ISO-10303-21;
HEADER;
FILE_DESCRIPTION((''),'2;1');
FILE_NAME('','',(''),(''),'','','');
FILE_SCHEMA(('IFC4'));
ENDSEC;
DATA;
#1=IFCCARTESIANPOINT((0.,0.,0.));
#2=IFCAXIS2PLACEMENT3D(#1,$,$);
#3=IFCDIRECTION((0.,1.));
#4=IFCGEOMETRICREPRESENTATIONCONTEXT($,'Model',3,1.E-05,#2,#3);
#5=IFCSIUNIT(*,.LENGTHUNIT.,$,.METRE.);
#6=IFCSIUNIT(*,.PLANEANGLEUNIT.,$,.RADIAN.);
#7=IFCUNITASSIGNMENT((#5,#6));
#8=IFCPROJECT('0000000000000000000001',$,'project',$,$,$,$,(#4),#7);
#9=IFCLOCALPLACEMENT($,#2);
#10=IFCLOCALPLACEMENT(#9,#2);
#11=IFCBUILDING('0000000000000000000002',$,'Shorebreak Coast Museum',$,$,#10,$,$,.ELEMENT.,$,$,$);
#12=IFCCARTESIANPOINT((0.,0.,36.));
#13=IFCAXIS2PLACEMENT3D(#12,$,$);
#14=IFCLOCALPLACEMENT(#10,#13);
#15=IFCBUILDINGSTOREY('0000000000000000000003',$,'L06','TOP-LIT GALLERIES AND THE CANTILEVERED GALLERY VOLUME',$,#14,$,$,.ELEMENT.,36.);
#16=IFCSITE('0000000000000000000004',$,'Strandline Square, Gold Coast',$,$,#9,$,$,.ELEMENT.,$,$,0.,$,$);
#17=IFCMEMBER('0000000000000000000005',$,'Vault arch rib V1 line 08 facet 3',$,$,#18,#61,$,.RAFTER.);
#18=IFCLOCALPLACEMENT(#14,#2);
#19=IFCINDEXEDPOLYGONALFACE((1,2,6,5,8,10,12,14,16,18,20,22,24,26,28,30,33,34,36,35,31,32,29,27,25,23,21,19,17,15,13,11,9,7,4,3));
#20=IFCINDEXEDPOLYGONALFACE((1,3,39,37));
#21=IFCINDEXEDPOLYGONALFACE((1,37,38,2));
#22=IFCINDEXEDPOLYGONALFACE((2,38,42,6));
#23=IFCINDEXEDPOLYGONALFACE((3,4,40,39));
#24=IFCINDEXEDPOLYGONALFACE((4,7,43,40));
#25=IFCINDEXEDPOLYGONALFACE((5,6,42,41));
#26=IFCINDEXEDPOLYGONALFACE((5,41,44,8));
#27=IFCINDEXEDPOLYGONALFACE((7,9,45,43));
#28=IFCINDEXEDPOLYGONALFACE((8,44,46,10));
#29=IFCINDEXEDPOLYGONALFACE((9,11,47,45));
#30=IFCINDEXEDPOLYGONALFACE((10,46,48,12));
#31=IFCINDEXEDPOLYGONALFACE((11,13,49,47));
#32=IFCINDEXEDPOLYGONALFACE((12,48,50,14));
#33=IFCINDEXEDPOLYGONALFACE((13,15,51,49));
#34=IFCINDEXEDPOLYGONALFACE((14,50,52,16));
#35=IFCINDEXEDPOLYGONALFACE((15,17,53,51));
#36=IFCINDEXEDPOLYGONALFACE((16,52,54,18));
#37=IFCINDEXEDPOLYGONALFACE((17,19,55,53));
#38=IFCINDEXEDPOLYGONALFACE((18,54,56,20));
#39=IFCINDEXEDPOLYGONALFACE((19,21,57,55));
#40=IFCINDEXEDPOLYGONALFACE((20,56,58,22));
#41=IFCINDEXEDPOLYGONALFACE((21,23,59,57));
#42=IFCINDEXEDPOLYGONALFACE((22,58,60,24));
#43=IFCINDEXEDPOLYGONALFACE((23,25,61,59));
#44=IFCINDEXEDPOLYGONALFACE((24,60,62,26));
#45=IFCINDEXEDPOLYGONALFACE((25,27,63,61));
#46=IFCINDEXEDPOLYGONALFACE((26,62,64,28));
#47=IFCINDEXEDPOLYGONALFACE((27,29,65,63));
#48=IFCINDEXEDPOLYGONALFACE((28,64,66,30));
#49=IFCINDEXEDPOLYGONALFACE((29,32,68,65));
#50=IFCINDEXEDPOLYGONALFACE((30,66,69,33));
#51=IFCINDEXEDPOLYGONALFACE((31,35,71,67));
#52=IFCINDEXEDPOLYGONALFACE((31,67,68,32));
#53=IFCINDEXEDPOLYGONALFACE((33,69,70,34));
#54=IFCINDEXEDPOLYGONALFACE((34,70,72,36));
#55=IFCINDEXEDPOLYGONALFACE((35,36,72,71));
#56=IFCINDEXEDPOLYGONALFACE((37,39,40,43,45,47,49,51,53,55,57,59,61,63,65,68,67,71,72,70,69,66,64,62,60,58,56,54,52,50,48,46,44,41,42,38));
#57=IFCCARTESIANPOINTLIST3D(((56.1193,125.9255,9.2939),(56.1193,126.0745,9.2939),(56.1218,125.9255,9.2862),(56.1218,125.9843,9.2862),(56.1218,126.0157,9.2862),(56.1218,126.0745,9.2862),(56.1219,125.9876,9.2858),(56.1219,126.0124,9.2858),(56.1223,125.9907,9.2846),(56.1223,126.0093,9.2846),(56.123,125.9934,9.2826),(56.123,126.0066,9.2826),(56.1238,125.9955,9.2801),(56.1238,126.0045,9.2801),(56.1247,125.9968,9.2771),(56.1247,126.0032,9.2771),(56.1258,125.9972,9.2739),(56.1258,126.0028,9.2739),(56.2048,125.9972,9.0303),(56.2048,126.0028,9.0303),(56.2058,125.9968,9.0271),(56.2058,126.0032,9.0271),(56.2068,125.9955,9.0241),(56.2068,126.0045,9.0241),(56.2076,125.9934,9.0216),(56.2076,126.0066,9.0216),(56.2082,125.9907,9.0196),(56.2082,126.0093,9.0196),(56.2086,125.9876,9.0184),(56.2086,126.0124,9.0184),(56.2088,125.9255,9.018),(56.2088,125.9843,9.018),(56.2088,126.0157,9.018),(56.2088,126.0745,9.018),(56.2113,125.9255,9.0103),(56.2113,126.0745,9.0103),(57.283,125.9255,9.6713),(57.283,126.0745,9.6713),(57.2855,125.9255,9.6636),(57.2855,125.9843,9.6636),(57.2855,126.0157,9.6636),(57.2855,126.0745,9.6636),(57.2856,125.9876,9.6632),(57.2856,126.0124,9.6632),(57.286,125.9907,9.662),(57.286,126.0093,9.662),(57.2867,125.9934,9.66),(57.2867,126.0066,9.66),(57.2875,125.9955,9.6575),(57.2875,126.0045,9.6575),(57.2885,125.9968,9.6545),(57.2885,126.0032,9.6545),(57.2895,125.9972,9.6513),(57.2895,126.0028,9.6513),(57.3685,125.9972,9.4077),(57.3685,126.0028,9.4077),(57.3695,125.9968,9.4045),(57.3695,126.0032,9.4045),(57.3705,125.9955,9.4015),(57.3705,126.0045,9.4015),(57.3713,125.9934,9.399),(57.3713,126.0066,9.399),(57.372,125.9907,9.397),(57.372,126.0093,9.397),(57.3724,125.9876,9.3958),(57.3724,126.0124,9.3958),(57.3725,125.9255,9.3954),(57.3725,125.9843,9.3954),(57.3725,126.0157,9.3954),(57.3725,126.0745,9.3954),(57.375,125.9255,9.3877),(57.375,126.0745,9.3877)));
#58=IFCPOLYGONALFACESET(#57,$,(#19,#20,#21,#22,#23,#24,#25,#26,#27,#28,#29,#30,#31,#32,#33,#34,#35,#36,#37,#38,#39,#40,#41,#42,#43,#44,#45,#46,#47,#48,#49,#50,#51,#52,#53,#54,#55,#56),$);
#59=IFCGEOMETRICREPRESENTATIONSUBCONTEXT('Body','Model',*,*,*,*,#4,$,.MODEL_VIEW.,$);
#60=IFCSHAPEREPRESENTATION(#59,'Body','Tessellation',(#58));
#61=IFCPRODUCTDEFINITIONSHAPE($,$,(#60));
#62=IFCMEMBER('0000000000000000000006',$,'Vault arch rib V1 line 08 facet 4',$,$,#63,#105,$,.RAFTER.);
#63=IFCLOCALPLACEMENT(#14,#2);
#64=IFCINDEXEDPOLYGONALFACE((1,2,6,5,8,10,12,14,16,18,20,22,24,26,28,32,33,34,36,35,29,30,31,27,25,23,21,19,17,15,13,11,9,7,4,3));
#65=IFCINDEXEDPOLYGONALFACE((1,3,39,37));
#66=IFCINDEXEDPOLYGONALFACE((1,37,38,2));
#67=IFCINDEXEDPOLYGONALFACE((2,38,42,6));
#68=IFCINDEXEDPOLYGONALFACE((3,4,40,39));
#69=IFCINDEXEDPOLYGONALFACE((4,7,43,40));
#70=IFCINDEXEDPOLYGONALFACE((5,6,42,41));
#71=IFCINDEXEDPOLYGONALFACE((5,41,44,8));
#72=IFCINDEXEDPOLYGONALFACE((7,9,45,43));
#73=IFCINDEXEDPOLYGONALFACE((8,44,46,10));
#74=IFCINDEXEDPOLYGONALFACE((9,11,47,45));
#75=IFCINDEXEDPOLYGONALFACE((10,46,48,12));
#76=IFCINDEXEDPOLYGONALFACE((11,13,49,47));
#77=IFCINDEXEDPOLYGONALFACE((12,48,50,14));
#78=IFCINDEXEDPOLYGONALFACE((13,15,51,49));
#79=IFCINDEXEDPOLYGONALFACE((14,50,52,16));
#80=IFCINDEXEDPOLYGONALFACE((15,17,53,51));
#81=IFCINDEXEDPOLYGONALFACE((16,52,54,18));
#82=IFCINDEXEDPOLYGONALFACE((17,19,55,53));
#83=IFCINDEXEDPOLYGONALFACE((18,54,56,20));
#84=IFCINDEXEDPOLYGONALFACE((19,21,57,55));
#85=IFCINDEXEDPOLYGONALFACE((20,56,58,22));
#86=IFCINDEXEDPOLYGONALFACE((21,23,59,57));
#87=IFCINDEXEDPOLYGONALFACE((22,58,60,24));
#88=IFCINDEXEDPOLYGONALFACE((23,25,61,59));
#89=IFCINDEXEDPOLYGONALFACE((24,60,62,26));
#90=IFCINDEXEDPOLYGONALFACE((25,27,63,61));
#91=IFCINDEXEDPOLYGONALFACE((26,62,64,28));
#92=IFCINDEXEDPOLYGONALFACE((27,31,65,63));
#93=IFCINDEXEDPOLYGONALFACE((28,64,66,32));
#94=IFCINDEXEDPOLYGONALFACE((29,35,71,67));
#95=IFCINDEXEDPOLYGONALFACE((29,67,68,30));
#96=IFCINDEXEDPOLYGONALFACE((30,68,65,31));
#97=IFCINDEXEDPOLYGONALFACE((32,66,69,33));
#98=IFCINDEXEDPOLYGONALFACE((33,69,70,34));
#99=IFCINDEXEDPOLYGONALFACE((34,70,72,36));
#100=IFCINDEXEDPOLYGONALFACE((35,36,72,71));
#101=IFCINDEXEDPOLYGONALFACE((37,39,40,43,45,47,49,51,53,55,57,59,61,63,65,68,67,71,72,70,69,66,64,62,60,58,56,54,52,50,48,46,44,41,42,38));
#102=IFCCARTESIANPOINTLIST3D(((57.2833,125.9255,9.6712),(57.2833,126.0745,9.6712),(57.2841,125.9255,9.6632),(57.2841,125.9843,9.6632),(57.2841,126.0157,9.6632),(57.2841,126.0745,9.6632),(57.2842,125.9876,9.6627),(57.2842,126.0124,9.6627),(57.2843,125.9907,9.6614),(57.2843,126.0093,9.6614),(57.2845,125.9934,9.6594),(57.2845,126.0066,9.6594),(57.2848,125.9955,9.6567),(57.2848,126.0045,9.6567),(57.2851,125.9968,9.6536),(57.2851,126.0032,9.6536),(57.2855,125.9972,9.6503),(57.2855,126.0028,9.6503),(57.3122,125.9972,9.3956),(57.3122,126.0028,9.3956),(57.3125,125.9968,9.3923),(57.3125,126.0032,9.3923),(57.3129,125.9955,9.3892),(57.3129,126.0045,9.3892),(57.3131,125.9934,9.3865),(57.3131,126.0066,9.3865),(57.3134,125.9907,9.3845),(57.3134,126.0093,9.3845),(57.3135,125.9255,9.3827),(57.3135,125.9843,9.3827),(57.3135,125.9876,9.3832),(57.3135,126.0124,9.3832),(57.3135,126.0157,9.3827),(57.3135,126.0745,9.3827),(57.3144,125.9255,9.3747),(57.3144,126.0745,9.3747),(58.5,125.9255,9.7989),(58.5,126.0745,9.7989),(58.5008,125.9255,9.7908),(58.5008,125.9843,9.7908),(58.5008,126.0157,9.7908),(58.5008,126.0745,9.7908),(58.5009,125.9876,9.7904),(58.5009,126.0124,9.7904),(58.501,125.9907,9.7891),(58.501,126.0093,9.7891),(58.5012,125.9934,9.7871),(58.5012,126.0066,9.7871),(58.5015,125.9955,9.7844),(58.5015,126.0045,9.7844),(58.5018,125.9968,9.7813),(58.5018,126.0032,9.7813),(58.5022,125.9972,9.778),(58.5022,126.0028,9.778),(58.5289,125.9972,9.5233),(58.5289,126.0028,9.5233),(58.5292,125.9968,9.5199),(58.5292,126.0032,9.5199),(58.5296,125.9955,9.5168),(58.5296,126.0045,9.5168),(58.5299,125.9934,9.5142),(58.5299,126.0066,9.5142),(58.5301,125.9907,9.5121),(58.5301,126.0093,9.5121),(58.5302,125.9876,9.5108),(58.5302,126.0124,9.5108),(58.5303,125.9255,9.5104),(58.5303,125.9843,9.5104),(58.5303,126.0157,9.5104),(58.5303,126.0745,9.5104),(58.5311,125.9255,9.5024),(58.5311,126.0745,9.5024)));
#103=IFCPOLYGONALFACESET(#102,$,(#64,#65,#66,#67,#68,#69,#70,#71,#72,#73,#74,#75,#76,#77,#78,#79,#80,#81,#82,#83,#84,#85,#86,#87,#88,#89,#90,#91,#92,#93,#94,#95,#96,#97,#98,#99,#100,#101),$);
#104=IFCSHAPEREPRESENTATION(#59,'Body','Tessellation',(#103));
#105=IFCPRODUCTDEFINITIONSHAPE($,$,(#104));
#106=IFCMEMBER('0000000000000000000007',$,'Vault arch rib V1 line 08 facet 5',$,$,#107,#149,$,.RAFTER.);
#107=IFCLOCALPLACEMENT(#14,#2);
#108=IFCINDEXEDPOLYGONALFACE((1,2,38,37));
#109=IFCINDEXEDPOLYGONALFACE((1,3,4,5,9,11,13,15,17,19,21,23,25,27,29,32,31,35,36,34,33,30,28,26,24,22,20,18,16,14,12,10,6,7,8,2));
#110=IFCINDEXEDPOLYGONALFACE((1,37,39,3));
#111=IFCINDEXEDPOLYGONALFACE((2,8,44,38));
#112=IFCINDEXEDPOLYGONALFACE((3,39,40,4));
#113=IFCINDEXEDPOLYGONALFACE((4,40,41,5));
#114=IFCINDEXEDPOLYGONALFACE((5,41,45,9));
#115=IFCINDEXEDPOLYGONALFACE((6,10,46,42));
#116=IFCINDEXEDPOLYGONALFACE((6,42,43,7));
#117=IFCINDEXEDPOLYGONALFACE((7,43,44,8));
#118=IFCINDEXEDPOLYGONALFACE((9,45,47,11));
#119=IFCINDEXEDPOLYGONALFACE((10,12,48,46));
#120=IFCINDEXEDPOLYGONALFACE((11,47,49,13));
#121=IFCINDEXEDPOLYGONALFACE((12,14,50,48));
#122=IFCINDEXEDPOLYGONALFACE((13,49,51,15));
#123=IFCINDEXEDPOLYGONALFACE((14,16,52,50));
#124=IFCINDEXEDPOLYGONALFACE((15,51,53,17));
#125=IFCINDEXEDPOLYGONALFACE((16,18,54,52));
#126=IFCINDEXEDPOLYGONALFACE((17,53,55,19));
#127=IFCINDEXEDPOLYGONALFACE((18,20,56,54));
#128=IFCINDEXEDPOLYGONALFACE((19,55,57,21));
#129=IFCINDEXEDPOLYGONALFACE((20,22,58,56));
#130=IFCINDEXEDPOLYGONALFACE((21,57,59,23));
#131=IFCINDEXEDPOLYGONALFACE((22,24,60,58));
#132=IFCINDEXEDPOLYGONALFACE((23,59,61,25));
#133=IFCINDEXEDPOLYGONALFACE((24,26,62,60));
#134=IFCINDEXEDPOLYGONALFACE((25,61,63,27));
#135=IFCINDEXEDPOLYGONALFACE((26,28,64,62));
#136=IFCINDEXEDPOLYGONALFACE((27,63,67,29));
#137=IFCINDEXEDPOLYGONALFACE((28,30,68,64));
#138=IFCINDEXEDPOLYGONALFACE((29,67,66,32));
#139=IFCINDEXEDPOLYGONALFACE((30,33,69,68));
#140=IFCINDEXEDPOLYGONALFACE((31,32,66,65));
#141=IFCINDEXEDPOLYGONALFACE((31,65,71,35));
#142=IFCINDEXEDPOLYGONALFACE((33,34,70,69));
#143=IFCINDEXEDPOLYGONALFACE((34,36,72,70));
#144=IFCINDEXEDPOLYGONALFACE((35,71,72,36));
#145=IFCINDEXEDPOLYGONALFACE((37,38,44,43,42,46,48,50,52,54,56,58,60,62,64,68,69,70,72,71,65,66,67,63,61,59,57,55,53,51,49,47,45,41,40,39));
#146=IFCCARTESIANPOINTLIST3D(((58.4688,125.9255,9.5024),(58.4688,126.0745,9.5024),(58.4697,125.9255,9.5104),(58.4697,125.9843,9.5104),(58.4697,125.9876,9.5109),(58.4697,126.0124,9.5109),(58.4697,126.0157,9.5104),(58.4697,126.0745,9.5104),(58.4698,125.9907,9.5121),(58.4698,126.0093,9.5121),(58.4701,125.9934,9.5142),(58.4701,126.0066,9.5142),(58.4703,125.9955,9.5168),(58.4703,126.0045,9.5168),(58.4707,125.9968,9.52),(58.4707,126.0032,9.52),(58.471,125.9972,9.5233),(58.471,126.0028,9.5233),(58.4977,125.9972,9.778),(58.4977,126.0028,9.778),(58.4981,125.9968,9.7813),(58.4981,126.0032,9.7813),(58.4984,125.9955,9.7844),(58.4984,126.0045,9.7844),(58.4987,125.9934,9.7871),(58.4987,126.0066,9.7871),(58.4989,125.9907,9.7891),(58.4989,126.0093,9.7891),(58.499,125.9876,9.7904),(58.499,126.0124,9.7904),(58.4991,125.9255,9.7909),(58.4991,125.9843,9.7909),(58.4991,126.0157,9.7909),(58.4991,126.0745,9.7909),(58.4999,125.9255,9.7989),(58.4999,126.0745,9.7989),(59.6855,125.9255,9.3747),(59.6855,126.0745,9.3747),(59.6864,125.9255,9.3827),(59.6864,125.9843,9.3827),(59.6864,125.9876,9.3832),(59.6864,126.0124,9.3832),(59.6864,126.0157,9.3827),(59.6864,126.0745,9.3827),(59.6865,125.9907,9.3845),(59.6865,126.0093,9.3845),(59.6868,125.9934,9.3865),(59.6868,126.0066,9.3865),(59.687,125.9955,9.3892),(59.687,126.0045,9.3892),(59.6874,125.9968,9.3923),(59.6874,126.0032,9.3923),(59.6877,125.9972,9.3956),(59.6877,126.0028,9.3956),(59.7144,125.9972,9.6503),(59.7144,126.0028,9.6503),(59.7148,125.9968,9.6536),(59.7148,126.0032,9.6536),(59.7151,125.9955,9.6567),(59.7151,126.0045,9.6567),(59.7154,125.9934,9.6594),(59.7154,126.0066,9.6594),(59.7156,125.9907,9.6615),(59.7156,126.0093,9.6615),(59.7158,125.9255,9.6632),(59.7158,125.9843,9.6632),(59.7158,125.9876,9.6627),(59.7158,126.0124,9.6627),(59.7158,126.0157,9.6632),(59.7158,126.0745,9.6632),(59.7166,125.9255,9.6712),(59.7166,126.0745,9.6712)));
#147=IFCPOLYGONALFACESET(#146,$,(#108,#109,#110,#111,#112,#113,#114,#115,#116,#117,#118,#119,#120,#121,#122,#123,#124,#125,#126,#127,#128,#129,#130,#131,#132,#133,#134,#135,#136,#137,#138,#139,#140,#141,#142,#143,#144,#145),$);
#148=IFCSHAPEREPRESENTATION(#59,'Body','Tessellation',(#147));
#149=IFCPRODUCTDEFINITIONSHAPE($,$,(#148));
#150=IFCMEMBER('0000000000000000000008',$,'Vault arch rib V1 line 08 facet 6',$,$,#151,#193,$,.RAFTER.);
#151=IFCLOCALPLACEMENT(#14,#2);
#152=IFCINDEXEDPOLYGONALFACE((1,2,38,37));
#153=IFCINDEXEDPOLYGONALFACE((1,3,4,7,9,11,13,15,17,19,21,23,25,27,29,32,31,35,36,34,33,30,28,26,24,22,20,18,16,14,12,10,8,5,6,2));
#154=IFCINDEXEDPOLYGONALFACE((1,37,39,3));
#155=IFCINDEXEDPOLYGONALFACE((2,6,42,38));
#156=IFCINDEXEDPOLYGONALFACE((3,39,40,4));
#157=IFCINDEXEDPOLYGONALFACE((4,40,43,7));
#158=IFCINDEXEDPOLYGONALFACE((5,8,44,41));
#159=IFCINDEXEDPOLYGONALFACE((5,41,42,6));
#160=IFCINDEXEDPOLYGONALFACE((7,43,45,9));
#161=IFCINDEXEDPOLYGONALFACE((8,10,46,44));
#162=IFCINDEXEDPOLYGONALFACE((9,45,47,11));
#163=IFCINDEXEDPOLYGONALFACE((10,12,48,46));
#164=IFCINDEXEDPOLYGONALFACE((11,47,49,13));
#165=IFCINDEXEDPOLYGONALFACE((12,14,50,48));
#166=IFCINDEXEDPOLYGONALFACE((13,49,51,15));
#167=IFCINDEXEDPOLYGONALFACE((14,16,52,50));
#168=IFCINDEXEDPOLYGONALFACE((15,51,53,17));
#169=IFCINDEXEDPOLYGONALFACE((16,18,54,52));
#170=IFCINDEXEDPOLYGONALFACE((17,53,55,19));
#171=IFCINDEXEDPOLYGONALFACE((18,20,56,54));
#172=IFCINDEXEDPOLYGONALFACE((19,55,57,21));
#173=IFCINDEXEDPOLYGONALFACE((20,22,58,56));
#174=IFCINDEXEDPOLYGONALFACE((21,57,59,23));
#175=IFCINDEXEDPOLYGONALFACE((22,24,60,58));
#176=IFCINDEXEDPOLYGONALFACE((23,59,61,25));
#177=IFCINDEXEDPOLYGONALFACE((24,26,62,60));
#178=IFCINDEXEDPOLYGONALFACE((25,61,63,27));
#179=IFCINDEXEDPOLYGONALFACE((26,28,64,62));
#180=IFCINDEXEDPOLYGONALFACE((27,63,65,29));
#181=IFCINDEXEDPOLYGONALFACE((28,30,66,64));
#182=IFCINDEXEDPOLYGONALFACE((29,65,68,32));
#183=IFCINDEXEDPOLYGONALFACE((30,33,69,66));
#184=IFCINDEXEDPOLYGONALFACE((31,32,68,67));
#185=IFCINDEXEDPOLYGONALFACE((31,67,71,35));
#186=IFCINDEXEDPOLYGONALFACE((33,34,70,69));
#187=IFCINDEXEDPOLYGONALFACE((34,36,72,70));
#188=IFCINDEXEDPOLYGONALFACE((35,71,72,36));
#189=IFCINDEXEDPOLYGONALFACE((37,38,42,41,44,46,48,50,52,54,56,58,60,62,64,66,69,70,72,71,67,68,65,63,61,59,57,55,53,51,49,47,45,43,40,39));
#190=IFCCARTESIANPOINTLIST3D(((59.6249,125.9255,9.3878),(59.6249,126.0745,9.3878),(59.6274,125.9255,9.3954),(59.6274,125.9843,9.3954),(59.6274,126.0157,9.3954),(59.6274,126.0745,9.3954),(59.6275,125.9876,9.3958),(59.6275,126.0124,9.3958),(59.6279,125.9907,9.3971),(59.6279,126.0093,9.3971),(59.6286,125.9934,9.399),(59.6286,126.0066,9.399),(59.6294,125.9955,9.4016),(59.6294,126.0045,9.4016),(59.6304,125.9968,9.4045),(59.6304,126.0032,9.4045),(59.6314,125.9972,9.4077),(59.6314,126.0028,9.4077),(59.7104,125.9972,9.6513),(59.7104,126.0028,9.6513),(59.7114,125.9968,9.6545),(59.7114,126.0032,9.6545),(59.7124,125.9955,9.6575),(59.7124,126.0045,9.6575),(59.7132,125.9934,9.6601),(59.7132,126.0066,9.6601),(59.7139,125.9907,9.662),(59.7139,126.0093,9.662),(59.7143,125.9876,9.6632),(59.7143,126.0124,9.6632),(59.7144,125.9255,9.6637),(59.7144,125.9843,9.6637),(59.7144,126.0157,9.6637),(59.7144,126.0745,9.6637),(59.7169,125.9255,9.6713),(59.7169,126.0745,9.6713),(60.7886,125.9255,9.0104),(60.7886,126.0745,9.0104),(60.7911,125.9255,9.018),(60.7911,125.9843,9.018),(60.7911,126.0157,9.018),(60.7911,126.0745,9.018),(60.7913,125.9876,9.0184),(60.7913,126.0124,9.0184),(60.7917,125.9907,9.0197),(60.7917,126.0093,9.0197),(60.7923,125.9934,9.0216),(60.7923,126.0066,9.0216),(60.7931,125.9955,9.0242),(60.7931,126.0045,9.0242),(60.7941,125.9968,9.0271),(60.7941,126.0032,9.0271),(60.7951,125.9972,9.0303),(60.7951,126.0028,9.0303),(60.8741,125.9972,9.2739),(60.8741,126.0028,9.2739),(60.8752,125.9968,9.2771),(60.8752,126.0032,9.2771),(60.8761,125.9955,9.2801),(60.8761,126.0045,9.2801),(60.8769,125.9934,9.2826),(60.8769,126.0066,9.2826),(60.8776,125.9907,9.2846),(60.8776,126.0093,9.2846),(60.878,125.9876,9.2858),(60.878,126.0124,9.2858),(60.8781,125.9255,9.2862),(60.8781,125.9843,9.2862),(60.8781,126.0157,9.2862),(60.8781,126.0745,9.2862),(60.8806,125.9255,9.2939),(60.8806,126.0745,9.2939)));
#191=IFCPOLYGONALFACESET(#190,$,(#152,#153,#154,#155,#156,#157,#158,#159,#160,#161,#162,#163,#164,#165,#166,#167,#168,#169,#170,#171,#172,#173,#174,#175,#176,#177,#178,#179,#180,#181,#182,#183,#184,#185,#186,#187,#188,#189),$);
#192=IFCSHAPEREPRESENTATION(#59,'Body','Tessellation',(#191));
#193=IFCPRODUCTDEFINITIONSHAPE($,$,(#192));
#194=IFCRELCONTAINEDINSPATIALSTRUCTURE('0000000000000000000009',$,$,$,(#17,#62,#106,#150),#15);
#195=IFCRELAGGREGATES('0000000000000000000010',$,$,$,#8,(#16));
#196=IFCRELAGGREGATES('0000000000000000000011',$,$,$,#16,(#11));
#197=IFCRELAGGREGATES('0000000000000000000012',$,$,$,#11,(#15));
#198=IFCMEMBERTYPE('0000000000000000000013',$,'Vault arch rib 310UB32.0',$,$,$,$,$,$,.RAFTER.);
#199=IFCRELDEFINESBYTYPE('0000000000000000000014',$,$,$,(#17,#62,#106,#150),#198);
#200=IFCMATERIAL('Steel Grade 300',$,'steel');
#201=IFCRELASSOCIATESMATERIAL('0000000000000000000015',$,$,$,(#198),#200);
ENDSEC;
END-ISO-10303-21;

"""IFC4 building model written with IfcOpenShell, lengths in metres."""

from ifc_helpers import new_model, si_unit, direction, frame, origin, origin_2d, place, context, subcontext, project, spatial, i_section, extrude, material, material_profile, profile_set, type_object, element, save


model = new_model("IFC4")

# Units and contexts
model_context = context("Model", 3, precision=1e-05, world=origin(), true_north=direction((0.0, 1.0)))
body_context = subcontext(model_context, "Body", "Model", "MODEL_VIEW")
ifc_project = project(units=[si_unit("LENGTHUNIT", "METRE"), si_unit("PLANEANGLEUNIT", "RADIAN")], contexts=[model_context])

# Site, building, storey
site_placement = place(None, origin())
site = spatial("IfcSite", under=ifc_project, at=site_placement, Name="Strandline Square, Gold Coast", CompositionType="ELEMENT", RefElevation=0.0)
building_placement = place(site_placement, origin())
building = spatial("IfcBuilding", under=site, at=building_placement, Name="Shorebreak Coast Museum", CompositionType="ELEMENT")
storey_placement = place(building_placement, frame((0.0, 0.0, 36.0)))
storey = spatial("IfcBuildingStorey", under=building, at=storey_placement, Name="L06", Description="TOP-LIT GALLERIES AND THE CANTILEVERED GALLERY VOLUME", CompositionType="ELEMENT", Elevation=36.0)

# Members
ifc_material_1 = material(Name="Steel Grade 300", Category="steel")
ifc_material_profile_1 = material_profile(ifc_material_1, i_section(OverallWidth=0.1489, OverallDepth=0.2981, WebThickness=0.0056, FlangeThickness=0.0081, FilletRadius=0.0129, at=origin_2d()), Name="310UB32.0")
ifc_profile_set_1 = profile_set([ifc_material_profile_1], Name="Steel Grade 300")
member_type_1 = type_object("IfcMemberType", Name="Vault arch rib 310UB32.0", PredefinedType="RAFTER", material=ifc_profile_set_1)
for number, where, z_axis, x_axis, name in (
    (1, (56.1653, 126.0, 9.1521), (0.951226, 0.0, 0.308495), (0.0, 1.0, 0.0), "Vault arch rib V1 line 08 facet 3"),
    (2, (57.2988, 126.0, 9.5229), (0.994539, 0.0, 0.104363), (0.0, 1.0, 0.0), "Vault arch rib V1 line 08 facet 4"),
    (3, (58.4844, 126.0, 9.6506), (0.994539, 0.0, -0.104363), (0.0, 1.0, 0.0), "Vault arch rib V1 line 08 facet 5"),
    (4, (59.6709, 126.0, 9.5295), (0.951226, 0.0, -0.308495), (0.0, 1.0, 0.0), "Vault arch rib V1 line 08 facet 6"),
):
    element("IfcMember", number, at=place(storey_placement, frame(where, z_axis=z_axis, x_axis=x_axis)), inside=storey, type_object=member_type_1, Name=name, PredefinedType="RAFTER", context=body_context, shape_type="SweptSolid", body=[
        extrude(i_section(OverallWidth=0.1489, OverallDepth=0.2981, WebThickness=0.0056, FlangeThickness=0.0081, FilletRadius=0.0129, at=origin_2d()), origin(), (0.0, 0.0, 1.0), 1.2234),
    ])

save(model, "model.ifc")
